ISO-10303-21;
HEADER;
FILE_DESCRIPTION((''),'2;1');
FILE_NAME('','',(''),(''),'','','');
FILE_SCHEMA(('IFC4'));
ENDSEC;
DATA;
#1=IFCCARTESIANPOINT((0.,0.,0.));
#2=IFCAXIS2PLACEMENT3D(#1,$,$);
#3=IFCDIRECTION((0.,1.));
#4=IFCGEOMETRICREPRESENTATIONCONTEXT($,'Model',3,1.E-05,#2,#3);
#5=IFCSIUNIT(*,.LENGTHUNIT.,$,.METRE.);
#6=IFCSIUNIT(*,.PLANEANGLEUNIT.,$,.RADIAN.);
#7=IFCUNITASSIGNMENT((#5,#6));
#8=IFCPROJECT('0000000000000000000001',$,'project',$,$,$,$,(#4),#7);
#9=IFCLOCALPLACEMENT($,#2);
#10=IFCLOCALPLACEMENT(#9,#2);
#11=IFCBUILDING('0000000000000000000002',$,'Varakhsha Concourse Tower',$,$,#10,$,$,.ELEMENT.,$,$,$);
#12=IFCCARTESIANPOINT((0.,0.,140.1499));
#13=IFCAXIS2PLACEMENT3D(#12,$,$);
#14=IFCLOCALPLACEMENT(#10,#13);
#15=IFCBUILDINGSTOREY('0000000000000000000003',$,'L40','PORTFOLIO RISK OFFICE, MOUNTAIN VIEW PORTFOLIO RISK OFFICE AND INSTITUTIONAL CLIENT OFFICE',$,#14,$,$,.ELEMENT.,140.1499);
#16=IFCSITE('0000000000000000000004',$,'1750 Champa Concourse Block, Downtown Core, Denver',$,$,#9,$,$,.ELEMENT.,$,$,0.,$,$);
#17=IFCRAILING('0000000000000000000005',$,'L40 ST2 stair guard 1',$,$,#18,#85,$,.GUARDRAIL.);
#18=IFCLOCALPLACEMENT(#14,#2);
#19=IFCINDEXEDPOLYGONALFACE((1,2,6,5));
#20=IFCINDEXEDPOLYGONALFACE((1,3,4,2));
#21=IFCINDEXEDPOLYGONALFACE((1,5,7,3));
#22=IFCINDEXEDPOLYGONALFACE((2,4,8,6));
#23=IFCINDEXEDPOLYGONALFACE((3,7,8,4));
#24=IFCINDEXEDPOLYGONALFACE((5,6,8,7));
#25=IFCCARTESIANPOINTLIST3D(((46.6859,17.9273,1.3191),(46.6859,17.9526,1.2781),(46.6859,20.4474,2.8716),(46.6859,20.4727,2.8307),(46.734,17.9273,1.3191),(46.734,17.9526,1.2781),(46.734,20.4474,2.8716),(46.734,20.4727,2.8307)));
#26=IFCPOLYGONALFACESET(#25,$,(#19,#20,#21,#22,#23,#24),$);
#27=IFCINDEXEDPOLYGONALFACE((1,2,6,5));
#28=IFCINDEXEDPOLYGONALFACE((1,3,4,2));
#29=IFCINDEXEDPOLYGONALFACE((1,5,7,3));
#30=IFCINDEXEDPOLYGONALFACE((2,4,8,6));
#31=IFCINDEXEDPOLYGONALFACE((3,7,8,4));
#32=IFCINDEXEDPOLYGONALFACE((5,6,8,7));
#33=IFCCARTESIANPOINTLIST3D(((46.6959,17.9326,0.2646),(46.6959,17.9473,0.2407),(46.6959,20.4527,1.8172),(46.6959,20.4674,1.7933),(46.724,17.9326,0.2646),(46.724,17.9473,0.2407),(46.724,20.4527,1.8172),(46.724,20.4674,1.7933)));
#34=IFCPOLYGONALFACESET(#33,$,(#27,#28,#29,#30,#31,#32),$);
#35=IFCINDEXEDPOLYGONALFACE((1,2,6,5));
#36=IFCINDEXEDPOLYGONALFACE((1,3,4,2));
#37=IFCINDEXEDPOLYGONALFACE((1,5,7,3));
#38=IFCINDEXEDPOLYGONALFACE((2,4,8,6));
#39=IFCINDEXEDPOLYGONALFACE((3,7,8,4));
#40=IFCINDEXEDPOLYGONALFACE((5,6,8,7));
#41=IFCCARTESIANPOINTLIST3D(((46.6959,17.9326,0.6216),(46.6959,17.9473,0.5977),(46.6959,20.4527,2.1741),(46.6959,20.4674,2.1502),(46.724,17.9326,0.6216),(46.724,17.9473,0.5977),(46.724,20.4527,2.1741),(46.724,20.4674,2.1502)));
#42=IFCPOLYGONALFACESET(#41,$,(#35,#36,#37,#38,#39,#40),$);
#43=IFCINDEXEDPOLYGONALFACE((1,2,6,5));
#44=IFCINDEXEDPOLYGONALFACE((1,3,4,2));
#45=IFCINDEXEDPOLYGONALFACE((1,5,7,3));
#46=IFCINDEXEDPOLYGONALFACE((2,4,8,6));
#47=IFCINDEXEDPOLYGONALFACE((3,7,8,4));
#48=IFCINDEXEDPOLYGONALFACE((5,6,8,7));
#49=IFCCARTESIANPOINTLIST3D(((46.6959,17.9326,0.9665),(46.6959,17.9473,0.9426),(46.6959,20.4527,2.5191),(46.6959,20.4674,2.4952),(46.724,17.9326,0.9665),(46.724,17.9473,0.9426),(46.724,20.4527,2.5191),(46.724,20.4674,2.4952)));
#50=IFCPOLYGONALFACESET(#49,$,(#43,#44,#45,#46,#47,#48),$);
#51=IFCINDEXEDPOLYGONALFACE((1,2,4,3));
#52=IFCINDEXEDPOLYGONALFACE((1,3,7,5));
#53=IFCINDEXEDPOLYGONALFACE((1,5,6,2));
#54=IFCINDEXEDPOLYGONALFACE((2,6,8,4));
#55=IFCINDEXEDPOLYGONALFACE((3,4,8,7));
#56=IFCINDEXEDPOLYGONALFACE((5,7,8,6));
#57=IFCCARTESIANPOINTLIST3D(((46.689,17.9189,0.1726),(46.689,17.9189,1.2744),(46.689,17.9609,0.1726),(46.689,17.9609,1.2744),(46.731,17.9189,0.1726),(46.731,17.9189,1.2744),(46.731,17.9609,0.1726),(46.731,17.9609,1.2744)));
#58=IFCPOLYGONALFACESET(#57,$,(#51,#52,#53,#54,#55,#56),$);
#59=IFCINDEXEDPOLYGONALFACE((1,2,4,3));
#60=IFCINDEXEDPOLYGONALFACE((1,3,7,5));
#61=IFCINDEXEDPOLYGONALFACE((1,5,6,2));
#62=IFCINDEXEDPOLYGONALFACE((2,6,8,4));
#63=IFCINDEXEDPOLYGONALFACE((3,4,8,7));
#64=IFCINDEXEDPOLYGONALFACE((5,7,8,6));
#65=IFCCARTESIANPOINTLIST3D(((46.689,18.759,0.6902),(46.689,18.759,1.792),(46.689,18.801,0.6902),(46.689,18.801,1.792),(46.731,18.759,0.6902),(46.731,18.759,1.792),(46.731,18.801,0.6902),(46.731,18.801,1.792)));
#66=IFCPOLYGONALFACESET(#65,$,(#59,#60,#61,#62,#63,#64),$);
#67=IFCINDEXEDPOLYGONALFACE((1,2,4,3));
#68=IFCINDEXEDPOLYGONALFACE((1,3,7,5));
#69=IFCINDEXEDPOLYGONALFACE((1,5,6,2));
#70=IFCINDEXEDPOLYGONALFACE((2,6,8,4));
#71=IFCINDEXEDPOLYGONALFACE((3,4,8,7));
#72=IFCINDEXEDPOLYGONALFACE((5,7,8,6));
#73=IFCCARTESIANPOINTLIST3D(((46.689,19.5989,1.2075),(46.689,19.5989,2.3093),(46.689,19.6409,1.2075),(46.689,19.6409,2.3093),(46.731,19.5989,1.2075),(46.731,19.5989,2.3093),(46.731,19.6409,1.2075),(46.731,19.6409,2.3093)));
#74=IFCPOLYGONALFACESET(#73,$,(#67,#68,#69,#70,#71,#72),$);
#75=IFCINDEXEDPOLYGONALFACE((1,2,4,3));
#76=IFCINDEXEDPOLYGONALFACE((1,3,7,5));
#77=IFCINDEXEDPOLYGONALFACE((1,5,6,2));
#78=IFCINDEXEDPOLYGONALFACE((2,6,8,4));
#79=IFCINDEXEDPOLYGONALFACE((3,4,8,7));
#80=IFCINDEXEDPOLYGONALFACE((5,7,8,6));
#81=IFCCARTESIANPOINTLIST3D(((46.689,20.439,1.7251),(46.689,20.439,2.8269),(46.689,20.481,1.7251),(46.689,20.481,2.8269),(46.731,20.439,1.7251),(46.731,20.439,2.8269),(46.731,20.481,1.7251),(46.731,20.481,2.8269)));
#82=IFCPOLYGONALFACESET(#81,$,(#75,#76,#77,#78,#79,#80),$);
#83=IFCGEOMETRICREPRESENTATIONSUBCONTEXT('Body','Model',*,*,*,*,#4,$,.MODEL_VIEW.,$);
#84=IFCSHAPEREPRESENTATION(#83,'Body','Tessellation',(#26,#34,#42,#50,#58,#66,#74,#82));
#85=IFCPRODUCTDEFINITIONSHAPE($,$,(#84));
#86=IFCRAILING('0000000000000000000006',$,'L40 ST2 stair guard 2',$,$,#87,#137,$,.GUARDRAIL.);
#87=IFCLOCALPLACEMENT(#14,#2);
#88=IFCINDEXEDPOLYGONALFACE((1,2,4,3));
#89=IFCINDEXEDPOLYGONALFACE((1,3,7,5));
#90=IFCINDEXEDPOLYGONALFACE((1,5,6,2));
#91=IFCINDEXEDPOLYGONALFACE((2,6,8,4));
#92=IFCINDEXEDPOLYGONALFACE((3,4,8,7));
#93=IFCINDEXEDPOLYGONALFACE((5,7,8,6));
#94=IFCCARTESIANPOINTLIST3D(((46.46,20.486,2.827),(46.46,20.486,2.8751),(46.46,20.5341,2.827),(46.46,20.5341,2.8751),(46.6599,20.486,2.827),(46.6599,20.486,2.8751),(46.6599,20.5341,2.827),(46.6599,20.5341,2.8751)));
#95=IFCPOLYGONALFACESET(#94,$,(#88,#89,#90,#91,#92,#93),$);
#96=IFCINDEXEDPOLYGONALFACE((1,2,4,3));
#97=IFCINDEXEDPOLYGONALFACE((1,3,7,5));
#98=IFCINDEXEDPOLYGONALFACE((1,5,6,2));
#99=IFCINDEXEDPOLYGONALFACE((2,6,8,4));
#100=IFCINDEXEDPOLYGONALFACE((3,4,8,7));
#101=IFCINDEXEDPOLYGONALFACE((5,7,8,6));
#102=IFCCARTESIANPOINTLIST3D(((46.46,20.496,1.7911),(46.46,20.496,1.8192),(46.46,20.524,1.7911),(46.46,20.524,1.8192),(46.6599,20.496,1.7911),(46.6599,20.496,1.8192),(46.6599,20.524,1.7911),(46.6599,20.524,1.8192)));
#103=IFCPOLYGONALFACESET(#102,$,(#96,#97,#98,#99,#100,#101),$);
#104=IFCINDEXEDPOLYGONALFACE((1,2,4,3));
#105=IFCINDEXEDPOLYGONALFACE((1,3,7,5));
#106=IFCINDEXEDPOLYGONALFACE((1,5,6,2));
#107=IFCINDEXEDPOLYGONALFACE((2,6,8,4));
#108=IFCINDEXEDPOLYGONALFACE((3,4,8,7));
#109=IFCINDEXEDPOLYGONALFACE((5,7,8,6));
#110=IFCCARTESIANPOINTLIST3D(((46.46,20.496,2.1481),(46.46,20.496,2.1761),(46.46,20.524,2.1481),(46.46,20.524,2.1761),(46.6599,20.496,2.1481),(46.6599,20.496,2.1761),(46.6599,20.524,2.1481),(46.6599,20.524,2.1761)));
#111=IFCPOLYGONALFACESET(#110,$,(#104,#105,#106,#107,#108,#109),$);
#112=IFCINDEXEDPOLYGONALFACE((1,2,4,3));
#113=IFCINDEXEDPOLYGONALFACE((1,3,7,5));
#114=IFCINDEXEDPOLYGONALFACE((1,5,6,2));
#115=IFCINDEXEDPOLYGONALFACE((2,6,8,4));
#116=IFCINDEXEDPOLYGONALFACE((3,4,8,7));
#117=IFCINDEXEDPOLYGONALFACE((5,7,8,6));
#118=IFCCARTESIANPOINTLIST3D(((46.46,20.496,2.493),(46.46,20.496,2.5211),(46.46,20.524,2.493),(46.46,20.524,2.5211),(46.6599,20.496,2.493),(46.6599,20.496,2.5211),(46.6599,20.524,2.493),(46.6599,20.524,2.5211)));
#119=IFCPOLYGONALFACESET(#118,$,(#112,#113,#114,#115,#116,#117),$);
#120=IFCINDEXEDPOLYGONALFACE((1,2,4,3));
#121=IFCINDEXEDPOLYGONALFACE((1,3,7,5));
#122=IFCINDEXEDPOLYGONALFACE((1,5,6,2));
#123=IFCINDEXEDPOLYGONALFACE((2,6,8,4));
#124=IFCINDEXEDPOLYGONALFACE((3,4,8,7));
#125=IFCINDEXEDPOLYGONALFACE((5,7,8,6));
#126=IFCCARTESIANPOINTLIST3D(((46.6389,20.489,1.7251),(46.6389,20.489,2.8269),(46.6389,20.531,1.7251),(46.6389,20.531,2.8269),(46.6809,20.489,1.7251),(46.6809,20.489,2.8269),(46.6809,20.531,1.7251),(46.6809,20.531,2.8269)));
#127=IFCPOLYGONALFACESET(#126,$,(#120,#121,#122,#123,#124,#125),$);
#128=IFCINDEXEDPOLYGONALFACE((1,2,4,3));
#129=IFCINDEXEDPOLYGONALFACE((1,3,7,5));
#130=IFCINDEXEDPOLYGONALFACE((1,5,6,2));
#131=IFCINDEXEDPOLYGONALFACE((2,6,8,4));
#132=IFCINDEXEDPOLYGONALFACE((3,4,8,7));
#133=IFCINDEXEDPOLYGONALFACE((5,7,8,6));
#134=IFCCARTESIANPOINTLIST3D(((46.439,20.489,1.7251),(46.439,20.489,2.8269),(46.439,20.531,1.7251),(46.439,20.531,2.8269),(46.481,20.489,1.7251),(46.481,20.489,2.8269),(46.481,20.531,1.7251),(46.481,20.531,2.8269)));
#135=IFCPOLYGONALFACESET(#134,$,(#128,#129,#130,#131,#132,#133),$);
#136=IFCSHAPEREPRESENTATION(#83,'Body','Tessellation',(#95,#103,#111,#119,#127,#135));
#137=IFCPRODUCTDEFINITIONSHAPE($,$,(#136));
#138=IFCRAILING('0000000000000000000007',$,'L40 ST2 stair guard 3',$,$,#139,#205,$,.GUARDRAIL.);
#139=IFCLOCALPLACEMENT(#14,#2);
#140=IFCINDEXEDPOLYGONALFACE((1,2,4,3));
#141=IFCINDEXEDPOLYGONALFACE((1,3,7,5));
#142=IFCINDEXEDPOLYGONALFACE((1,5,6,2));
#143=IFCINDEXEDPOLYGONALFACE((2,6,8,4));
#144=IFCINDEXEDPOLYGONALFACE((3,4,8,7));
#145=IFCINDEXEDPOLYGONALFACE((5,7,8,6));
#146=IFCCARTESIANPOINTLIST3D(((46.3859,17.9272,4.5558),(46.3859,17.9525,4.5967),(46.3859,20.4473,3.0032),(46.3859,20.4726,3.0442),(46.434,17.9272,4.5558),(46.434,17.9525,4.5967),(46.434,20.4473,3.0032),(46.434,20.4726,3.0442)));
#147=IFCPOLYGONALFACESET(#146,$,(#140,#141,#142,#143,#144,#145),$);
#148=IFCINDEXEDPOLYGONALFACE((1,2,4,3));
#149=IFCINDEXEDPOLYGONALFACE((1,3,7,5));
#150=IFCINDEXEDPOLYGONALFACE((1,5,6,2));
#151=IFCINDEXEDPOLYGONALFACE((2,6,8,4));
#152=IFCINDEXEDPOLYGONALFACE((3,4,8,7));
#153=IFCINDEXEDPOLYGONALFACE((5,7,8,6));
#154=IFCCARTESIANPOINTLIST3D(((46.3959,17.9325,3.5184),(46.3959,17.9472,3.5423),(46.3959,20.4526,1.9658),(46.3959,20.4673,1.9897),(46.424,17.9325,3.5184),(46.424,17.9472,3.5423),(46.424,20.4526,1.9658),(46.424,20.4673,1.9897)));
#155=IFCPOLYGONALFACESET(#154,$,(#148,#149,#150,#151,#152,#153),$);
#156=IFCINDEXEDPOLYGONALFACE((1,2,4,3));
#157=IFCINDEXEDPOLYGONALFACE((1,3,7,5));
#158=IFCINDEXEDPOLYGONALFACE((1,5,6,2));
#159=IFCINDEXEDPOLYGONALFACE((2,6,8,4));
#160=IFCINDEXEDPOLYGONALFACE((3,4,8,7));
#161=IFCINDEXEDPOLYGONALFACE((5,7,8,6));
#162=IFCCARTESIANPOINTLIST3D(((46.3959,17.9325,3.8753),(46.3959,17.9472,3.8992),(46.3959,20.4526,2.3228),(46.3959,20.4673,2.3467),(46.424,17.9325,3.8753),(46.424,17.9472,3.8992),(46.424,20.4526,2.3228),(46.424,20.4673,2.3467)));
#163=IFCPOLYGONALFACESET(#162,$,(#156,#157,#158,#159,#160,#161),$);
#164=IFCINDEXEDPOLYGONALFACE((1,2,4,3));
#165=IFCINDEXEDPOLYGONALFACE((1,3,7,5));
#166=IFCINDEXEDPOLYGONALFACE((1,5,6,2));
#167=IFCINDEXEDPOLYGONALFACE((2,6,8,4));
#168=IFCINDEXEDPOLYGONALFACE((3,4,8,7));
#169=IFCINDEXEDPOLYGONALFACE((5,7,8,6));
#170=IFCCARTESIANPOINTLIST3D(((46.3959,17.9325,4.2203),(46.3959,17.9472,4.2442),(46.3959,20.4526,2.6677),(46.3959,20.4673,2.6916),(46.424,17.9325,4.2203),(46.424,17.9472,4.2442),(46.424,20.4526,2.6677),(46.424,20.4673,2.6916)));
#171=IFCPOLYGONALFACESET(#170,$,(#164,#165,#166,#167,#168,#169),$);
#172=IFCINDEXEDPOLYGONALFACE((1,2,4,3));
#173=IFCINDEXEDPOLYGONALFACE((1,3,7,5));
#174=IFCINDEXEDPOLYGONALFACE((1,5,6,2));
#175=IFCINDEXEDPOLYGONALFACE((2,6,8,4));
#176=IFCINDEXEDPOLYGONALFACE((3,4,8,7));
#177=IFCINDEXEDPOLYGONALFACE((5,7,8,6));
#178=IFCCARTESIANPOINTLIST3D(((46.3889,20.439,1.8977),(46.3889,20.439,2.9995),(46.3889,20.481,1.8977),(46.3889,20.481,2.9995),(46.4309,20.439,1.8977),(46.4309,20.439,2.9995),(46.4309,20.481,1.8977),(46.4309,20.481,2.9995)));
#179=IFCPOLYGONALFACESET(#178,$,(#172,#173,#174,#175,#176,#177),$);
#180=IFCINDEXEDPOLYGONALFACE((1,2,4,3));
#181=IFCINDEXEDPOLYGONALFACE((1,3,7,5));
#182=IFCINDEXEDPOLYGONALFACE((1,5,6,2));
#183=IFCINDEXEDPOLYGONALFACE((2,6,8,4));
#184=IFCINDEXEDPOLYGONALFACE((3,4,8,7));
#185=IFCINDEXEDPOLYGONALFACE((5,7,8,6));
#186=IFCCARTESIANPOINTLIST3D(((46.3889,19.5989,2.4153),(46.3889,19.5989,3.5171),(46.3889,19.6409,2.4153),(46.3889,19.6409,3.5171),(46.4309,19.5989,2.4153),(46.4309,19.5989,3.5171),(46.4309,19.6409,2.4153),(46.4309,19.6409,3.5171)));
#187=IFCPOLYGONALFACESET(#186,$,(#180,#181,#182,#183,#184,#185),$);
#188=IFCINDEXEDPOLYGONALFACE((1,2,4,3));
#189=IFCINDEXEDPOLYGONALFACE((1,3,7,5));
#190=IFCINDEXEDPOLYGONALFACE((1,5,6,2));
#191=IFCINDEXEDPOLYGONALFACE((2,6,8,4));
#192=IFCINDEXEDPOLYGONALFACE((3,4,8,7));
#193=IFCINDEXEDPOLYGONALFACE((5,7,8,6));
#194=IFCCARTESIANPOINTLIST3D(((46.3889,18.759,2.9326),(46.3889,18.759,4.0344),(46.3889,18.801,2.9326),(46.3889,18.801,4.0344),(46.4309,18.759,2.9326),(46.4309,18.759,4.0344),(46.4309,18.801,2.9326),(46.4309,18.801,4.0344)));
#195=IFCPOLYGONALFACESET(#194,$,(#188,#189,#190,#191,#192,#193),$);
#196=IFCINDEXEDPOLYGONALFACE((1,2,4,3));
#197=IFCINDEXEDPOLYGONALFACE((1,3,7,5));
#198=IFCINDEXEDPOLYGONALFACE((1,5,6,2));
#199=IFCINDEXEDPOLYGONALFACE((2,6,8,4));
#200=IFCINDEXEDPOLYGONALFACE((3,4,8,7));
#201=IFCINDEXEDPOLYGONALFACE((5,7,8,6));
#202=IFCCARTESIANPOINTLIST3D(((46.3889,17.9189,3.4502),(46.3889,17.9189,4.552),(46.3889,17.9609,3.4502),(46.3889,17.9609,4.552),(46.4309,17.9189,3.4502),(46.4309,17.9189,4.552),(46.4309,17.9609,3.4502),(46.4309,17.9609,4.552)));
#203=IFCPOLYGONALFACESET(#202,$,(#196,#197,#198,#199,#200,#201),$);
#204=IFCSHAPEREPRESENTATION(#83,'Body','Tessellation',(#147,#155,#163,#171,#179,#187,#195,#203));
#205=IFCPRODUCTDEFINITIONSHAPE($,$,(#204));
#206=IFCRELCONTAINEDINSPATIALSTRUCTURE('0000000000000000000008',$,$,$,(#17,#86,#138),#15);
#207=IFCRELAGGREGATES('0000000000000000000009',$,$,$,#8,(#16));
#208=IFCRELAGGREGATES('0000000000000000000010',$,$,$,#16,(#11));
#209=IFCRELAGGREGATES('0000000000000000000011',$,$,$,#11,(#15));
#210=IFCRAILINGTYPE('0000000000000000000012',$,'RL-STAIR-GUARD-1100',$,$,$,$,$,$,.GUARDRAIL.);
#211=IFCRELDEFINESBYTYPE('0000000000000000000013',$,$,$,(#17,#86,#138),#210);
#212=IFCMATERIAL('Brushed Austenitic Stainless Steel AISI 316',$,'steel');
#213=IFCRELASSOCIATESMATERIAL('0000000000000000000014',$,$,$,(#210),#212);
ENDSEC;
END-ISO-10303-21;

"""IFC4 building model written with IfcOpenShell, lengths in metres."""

from ifc_helpers import new_model, si_unit, direction, frame, origin, origin_2d, place, context, subcontext, project, spatial, rectangle, extrude, material, type_object, element, save


model = new_model("IFC4")

# Units and contexts
model_context = context("Model", 3, precision=1e-05, world=origin(), true_north=direction((0.0, 1.0)))
body_context = subcontext(model_context, "Body", "Model", "MODEL_VIEW")
ifc_project = project(units=[si_unit("LENGTHUNIT", "METRE"), si_unit("PLANEANGLEUNIT", "RADIAN")], contexts=[model_context])

# Site, building, storey
site_placement = place(None, origin())
site = spatial("IfcSite", under=ifc_project, at=site_placement, Name="1750 Champa Concourse Block, Downtown Core, Denver", CompositionType="ELEMENT", RefElevation=0.0)
building_placement = place(site_placement, origin())
building = spatial("IfcBuilding", under=site, at=building_placement, Name="Varakhsha Concourse Tower", CompositionType="ELEMENT")
storey_placement = place(building_placement, frame((0.0, 0.0, 140.1499)))
storey = spatial("IfcBuildingStorey", under=building, at=storey_placement, Name="L40", Description="PORTFOLIO RISK OFFICE, MOUNTAIN VIEW PORTFOLIO RISK OFFICE AND INSTITUTIONAL CLIENT OFFICE", CompositionType="ELEMENT", Elevation=140.1499)

# Railings
ifc_material_1 = material(Name="Brushed Austenitic Stainless Steel AISI 316", Category="steel")
railing_type_1 = type_object("IfcRailingType", Name="RL-STAIR-GUARD-1100", PredefinedType="GUARDRAIL", material=ifc_material_1)
railing_1_placement = place(storey_placement, frame((46.71, 17.9399, 0.1726)))
element("IfcRailing", 1, at=railing_1_placement, inside=storey, type_object=railing_type_1, Name="L40 ST2 stair guard 1", PredefinedType="GUARDRAIL", context=body_context, shape_type="SweptSolid", body=[
    extrude(rectangle(XDim=0.0481, YDim=0.0481, at=origin_2d()), frame((0.0, 0.0, 1.126), z_axis=(0.0, 0.8514, 0.524516), x_axis=(-1.0, 0.0, 0.0)), (0.0, 0.0, 1.0), 2.96),
    extrude(rectangle(XDim=0.0281, YDim=0.0281, at=origin_2d()), frame((0.0, 0.0, 0.0801), z_axis=(0.0, 0.8514, 0.524516), x_axis=(-1.0, 0.0, 0.0)), (0.0, 0.0, 1.0), 2.96),
    extrude(rectangle(XDim=0.0281, YDim=0.0281, at=origin_2d()), frame((0.0, 0.0, 0.437), z_axis=(0.0, 0.8514, 0.524516), x_axis=(-1.0, 0.0, 0.0)), (0.0, 0.0, 1.0), 2.96),
    extrude(rectangle(XDim=0.0281, YDim=0.0281, at=origin_2d()), frame((0.0, 0.0, 0.782), z_axis=(0.0, 0.8514, 0.524516), x_axis=(-1.0, 0.0, 0.0)), (0.0, 0.0, 1.0), 2.96),
    extrude(rectangle(XDim=0.042, YDim=0.042, at=origin_2d()), origin(), (0.0, 0.0, 1.0), 1.1018),
    extrude(rectangle(XDim=0.042, YDim=0.042, at=origin_2d()), frame((0.0, 0.8401, 0.5176)), (0.0, 0.0, 1.0), 1.1018),
    extrude(rectangle(XDim=0.042, YDim=0.042, at=origin_2d()), frame((0.0, 1.6799, 1.0349)), (0.0, 0.0, 1.0), 1.1018),
    extrude(rectangle(XDim=0.042, YDim=0.042, at=origin_2d()), frame((0.0, 2.52, 1.5525)), (0.0, 0.0, 1.0), 1.1018),
])
railing_2_placement = place(storey_placement, frame((46.6599, 20.51, 1.7251)))
element("IfcRailing", 2, at=railing_2_placement, inside=storey, type_object=railing_type_1, Name="L40 ST2 stair guard 2", PredefinedType="GUARDRAIL", context=body_context, shape_type="SweptSolid", body=[
    extrude(rectangle(XDim=0.0481, YDim=0.0481, at=origin_2d()), frame((0.0, 0.0, 1.126), z_axis=(-1.0, 0.0, 0.0), x_axis=(0.0, -1.0, 0.0)), (0.0, 0.0, 1.0), 0.2),
    extrude(rectangle(XDim=0.0281, YDim=0.0281, at=origin_2d()), frame((0.0, 0.0, 0.0801), z_axis=(-1.0, 0.0, 0.0), x_axis=(0.0, -1.0, 0.0)), (0.0, 0.0, 1.0), 0.2),
    extrude(rectangle(XDim=0.0281, YDim=0.0281, at=origin_2d()), frame((0.0, 0.0, 0.437), z_axis=(-1.0, 0.0, 0.0), x_axis=(0.0, -1.0, 0.0)), (0.0, 0.0, 1.0), 0.2),
    extrude(rectangle(XDim=0.0281, YDim=0.0281, at=origin_2d()), frame((0.0, 0.0, 0.782), z_axis=(-1.0, 0.0, 0.0), x_axis=(0.0, -1.0, 0.0)), (0.0, 0.0, 1.0), 0.2),
    extrude(rectangle(XDim=0.042, YDim=0.042, at=origin_2d()), origin(), (0.0, 0.0, 1.0), 1.1018),
    extrude(rectangle(XDim=0.042, YDim=0.042, at=origin_2d()), frame((-0.2, 0.0, 0.0)), (0.0, 0.0, 1.0), 1.1018),
])
railing_3_placement = place(storey_placement, frame((46.4099, 20.46, 1.8977)))
element("IfcRailing", 3, at=railing_3_placement, inside=storey, type_object=railing_type_1, Name="L40 ST2 stair guard 3", PredefinedType="GUARDRAIL", context=body_context, shape_type="SweptSolid", body=[
    extrude(rectangle(XDim=0.0481, YDim=0.0481, at=origin_2d()), frame((0.0, 0.0, 1.126), z_axis=(0.0, -0.8514, 0.524516), x_axis=(1.0, 0.0, 0.0)), (0.0, 0.0, 1.0), 2.96),
    extrude(rectangle(XDim=0.0281, YDim=0.0281, at=origin_2d()), frame((0.0, 0.0, 0.0801), z_axis=(0.0, -0.8514, 0.524516), x_axis=(1.0, 0.0, 0.0)), (0.0, 0.0, 1.0), 2.96),
    extrude(rectangle(XDim=0.0281, YDim=0.0281, at=origin_2d()), frame((0.0, 0.0, 0.437), z_axis=(0.0, -0.8514, 0.524516), x_axis=(1.0, 0.0, 0.0)), (0.0, 0.0, 1.0), 2.96),
    extrude(rectangle(XDim=0.0281, YDim=0.0281, at=origin_2d()), frame((0.0, 0.0, 0.782), z_axis=(0.0, -0.8514, 0.524516), x_axis=(1.0, 0.0, 0.0)), (0.0, 0.0, 1.0), 2.96),
    extrude(rectangle(XDim=0.042, YDim=0.042, at=origin_2d()), origin(), (0.0, 0.0, 1.0), 1.1018),
    extrude(rectangle(XDim=0.042, YDim=0.042, at=origin_2d()), frame((0.0, -0.8401, 0.5176)), (0.0, 0.0, 1.0), 1.1018),
    extrude(rectangle(XDim=0.042, YDim=0.042, at=origin_2d()), frame((0.0, -1.6799, 1.0349)), (0.0, 0.0, 1.0), 1.1018),
    extrude(rectangle(XDim=0.042, YDim=0.042, at=origin_2d()), frame((0.0, -2.52, 1.5525)), (0.0, 0.0, 1.0), 1.1018),
])

save(model, "model.ifc")
